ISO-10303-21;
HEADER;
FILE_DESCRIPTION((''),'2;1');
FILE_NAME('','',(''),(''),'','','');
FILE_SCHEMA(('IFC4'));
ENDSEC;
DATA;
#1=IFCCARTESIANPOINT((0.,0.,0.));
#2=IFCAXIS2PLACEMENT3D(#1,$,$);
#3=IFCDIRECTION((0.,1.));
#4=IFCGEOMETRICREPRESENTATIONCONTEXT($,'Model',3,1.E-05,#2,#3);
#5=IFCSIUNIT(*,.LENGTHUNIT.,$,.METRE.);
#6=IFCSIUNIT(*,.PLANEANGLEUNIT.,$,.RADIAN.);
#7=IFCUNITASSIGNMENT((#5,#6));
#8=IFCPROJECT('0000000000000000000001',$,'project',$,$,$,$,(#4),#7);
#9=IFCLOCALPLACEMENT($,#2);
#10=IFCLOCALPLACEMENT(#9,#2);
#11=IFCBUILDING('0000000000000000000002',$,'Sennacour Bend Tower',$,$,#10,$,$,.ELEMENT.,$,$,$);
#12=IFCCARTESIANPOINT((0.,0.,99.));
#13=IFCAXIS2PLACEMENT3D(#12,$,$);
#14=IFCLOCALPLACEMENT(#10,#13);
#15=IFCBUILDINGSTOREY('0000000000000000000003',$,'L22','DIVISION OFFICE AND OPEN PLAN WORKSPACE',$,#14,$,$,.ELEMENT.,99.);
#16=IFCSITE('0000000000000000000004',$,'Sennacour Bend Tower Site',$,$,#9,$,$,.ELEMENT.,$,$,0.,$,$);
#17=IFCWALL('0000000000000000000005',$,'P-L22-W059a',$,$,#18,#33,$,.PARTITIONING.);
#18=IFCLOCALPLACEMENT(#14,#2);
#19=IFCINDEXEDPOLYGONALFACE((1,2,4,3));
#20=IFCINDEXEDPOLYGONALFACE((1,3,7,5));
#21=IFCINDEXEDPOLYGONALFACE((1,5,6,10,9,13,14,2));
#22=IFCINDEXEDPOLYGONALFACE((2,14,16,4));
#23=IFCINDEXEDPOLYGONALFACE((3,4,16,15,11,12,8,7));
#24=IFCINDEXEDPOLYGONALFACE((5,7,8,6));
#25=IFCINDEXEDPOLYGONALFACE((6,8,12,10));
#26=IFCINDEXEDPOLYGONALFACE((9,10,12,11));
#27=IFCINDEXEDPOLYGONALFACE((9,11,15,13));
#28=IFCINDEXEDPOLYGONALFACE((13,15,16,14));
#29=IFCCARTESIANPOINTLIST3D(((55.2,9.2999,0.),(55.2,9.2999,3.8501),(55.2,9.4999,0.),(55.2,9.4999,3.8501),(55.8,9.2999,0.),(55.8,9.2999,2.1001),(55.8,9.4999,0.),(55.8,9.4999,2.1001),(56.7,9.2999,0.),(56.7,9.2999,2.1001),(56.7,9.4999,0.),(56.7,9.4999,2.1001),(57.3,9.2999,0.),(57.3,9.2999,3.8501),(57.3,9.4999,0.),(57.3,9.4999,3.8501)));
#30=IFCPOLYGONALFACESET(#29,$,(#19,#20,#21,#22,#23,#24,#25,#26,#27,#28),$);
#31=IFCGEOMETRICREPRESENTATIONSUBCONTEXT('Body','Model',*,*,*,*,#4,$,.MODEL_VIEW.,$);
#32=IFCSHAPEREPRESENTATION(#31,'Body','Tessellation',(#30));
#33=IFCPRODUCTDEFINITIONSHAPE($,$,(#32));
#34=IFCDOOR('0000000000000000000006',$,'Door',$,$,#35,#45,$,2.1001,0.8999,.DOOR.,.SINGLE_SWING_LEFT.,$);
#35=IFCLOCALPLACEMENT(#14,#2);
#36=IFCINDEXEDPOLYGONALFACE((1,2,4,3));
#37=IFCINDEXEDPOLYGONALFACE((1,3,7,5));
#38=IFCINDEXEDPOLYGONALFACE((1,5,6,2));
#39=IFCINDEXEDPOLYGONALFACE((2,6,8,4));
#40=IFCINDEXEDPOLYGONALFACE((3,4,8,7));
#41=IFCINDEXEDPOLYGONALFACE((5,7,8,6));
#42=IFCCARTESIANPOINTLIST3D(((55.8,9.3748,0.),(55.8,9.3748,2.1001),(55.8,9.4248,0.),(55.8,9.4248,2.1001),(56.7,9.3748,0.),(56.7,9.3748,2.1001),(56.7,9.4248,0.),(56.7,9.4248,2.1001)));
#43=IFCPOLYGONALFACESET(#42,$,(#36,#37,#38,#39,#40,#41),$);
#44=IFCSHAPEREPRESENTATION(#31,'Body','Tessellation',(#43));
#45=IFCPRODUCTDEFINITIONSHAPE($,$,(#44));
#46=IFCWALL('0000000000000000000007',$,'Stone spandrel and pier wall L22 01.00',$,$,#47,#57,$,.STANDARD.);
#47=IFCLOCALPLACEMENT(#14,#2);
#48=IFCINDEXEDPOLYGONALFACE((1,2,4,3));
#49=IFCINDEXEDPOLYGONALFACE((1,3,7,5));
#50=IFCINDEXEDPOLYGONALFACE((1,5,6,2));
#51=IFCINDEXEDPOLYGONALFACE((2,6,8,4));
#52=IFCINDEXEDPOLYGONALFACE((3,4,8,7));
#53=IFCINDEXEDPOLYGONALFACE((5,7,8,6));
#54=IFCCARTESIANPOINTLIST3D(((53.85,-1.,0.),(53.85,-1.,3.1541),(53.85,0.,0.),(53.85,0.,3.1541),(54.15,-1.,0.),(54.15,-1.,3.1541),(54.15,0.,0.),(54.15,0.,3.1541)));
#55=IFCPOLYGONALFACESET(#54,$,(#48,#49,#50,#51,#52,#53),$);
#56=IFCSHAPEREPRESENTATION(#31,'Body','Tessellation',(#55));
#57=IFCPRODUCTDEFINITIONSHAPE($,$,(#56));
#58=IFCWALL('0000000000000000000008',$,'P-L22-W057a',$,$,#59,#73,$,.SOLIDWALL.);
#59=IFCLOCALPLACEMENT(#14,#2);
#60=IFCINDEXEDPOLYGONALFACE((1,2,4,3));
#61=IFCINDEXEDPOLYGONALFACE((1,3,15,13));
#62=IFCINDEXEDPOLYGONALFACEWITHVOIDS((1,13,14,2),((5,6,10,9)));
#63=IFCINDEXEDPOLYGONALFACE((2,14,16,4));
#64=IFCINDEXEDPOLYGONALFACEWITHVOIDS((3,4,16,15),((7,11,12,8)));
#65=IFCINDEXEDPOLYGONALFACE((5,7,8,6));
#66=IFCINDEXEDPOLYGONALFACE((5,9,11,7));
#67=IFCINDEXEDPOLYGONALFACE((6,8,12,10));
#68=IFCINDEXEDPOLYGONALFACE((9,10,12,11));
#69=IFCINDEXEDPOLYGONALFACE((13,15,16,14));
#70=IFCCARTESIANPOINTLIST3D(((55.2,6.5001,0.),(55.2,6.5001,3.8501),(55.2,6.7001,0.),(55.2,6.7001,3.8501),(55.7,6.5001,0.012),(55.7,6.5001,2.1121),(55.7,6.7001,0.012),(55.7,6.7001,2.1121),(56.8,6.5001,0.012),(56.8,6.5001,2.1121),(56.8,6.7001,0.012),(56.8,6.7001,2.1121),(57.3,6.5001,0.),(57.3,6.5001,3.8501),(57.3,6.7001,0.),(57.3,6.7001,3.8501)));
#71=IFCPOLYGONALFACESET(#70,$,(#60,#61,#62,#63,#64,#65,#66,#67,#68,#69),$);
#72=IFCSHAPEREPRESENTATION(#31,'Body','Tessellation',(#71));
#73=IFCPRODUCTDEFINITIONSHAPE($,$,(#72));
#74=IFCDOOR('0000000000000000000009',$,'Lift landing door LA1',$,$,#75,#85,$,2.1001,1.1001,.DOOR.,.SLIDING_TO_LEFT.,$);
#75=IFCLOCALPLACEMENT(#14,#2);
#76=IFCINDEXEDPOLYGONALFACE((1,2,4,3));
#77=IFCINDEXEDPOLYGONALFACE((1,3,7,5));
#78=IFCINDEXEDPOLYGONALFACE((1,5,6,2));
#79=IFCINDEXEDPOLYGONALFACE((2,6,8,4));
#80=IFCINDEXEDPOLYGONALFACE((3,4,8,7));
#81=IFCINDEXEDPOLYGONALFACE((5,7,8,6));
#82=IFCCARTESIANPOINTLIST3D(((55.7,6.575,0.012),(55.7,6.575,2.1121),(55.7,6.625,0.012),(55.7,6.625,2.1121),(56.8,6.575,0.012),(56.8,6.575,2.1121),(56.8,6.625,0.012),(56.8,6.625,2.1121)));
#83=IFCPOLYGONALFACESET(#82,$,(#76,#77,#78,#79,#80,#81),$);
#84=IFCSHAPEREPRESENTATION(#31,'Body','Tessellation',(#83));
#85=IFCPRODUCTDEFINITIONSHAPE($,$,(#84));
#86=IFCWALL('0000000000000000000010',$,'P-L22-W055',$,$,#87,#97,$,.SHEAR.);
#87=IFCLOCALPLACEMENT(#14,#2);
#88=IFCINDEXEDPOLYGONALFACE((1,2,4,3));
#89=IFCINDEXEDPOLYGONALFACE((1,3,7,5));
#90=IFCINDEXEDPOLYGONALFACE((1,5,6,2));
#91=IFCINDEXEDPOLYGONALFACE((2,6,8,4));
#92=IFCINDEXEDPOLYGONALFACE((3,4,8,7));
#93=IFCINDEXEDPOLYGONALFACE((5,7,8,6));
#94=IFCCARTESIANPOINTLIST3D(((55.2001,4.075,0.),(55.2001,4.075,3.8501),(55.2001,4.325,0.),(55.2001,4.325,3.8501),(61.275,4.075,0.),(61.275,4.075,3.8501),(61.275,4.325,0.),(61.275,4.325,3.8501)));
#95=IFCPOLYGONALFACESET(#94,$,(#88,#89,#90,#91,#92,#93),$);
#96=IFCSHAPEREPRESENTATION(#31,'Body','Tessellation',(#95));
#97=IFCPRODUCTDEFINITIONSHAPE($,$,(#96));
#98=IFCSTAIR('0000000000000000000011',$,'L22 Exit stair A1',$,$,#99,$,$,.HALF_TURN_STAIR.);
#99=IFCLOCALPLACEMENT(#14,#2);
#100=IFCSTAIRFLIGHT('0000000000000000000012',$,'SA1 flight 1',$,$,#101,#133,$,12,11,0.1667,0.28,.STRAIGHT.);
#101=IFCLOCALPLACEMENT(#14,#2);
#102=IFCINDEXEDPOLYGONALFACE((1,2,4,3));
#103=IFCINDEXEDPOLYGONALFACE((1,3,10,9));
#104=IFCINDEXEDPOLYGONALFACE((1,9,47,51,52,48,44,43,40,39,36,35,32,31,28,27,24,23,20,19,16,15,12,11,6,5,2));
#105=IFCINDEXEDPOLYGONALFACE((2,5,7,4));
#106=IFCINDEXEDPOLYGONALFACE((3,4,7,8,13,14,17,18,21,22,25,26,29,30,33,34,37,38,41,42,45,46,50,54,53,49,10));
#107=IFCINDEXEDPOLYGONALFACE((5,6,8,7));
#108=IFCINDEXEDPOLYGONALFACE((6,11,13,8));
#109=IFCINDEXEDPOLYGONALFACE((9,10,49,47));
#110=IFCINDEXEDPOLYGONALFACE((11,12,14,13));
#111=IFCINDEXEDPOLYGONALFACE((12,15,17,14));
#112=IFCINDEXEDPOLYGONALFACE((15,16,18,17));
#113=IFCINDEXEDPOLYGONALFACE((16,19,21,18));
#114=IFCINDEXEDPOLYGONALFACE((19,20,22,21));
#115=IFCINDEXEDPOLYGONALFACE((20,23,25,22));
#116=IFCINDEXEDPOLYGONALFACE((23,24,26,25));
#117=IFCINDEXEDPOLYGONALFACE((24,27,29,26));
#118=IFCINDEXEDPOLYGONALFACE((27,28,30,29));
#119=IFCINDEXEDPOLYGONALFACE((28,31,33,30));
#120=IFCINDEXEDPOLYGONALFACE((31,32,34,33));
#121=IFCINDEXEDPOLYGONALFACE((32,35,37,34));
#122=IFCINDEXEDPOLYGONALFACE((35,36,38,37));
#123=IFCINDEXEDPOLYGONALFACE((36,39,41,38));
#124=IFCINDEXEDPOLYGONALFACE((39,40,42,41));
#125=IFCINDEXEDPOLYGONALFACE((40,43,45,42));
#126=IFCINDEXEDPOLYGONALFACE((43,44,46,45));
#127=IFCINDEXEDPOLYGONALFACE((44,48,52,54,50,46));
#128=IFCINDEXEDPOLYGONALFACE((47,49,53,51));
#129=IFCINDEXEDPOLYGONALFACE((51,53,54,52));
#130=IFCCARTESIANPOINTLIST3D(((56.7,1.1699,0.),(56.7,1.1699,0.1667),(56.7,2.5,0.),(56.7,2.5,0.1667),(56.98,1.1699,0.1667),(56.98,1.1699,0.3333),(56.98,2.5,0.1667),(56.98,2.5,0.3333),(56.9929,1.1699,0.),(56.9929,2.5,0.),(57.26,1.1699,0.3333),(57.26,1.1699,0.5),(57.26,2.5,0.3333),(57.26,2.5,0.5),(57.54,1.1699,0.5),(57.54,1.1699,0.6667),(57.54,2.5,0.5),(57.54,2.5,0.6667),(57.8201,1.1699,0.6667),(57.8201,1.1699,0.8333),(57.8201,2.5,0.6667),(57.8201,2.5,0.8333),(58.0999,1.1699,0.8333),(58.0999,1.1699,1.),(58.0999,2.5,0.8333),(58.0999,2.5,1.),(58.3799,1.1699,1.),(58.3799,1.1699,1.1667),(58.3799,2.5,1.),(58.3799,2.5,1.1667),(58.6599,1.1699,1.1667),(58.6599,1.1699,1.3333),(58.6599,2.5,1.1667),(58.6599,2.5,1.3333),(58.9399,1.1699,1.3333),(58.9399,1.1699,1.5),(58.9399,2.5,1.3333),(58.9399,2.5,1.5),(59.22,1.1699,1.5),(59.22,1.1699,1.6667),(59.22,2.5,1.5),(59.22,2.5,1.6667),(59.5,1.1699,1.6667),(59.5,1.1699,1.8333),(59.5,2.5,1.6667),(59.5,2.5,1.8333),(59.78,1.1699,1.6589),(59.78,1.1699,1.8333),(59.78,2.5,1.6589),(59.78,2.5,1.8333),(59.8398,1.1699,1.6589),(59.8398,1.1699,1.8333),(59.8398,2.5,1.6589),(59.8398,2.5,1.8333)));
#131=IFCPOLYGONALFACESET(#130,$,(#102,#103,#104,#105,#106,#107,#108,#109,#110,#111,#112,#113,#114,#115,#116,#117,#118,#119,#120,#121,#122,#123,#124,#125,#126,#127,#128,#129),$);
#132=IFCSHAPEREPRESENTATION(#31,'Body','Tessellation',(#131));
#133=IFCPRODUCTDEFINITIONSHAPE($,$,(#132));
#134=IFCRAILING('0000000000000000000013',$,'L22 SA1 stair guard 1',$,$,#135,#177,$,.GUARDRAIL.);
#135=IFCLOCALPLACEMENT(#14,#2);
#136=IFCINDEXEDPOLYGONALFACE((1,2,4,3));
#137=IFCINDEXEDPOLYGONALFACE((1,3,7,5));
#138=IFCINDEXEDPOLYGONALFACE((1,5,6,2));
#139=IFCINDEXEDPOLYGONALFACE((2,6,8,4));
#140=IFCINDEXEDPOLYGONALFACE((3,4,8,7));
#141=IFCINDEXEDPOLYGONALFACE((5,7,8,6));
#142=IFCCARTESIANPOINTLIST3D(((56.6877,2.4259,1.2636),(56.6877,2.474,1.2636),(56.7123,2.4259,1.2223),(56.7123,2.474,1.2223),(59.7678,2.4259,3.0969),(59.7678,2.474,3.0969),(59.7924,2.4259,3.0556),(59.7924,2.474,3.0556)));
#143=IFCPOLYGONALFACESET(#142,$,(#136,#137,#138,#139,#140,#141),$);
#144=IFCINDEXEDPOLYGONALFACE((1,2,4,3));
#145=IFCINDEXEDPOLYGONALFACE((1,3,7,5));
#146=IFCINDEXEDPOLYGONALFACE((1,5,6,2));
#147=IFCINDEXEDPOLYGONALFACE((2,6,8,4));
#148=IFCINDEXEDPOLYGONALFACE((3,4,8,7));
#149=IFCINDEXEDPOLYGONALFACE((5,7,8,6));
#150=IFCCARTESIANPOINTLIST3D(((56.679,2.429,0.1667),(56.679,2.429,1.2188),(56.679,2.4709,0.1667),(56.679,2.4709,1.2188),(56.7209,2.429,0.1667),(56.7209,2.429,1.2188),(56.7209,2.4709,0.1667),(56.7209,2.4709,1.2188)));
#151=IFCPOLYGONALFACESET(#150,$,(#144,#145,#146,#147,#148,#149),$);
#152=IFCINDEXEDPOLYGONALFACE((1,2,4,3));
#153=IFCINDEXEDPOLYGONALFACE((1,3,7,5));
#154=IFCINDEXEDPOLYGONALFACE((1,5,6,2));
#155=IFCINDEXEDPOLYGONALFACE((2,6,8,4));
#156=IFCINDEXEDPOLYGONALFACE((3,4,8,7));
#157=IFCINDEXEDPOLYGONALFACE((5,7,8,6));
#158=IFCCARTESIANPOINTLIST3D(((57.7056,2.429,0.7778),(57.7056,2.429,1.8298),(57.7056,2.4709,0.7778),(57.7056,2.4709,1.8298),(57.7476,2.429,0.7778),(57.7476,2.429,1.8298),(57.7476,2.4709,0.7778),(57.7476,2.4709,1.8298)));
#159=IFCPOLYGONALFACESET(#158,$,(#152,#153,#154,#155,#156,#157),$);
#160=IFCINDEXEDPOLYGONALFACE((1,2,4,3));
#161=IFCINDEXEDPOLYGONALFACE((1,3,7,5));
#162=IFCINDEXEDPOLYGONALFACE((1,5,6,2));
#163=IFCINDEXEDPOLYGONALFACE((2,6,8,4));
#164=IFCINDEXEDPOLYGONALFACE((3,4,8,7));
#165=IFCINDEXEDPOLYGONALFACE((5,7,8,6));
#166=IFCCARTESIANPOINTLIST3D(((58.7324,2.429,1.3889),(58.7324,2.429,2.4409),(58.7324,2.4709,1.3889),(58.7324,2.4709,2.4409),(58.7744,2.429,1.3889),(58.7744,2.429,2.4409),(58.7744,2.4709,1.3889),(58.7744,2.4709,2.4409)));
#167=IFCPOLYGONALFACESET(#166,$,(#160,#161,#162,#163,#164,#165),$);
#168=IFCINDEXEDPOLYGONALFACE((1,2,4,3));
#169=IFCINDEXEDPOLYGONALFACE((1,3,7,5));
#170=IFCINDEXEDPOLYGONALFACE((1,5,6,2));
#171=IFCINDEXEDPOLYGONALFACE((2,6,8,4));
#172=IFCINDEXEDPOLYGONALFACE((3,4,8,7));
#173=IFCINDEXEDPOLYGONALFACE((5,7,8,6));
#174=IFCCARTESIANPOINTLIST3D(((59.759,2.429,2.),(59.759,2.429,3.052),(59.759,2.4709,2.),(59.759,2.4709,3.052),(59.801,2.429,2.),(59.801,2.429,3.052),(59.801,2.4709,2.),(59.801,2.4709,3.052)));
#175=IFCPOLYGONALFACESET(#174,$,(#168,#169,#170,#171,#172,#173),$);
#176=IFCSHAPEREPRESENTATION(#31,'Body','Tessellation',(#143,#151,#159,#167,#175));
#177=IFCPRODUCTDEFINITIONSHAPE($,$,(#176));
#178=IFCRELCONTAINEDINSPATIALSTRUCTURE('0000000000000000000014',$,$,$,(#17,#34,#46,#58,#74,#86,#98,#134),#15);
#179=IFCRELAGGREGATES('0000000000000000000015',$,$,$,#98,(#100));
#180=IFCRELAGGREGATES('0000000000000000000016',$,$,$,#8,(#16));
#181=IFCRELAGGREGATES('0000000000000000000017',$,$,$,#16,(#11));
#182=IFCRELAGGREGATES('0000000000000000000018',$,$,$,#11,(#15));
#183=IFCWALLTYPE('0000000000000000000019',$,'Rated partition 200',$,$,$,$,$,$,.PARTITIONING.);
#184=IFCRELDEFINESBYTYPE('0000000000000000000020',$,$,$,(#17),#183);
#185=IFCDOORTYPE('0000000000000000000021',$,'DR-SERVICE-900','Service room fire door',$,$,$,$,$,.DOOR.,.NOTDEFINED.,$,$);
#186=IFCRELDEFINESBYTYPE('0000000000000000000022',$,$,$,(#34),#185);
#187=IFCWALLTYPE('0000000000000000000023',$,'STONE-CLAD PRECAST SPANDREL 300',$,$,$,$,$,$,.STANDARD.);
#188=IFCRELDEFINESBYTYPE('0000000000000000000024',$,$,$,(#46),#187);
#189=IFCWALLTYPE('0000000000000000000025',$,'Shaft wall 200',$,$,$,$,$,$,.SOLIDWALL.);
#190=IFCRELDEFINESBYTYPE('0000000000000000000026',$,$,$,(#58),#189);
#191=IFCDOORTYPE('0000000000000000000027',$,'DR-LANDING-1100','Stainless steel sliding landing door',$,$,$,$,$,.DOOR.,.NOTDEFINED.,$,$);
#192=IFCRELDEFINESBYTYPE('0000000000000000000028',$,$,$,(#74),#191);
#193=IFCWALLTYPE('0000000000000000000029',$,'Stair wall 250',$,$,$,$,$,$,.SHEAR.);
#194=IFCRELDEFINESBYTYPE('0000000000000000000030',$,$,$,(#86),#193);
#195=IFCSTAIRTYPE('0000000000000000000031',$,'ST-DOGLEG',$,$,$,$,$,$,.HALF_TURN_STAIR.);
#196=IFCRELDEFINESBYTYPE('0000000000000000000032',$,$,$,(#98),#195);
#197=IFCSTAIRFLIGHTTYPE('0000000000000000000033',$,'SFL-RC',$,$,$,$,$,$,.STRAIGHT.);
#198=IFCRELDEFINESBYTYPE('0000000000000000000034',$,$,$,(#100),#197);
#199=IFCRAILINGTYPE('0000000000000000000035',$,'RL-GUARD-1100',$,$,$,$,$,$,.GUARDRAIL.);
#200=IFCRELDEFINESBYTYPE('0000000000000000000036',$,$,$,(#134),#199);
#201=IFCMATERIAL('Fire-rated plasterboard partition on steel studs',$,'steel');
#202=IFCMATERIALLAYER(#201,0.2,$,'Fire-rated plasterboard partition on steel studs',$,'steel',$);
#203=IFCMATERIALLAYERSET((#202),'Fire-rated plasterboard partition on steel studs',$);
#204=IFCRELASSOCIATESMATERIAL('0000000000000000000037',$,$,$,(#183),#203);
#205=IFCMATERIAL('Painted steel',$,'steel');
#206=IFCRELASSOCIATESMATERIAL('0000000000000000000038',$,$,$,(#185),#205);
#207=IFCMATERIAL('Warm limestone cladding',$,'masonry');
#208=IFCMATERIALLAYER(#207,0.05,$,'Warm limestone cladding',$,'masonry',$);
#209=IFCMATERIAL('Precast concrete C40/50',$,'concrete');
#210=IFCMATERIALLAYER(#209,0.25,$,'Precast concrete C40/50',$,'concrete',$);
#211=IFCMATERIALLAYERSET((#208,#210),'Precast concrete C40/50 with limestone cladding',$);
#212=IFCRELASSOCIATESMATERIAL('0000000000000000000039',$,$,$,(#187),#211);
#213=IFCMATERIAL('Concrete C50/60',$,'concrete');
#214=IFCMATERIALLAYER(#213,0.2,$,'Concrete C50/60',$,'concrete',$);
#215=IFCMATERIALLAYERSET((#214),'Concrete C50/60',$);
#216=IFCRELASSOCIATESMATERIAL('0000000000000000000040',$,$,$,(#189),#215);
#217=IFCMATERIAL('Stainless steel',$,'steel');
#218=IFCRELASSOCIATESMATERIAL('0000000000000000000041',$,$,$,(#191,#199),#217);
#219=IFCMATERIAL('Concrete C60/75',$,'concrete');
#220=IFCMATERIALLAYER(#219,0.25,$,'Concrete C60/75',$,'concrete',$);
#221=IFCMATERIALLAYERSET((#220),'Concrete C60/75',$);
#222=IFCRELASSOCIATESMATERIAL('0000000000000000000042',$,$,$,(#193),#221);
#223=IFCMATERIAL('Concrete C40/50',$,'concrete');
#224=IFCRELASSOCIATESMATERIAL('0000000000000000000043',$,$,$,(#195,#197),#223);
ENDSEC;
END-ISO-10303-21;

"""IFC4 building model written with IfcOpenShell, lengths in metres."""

from ifc_helpers import new_model, si_unit, direction, frame, frame_2d, origin, origin_2d, place, context, subcontext, project, spatial, polyline, rectangle, outline, extrude, material, layer, layer_set, type_object, element, fill, aggregate, save


model = new_model("IFC4")

# Units and contexts
model_context = context("Model", 3, precision=1e-05, world=origin(), true_north=direction((0.0, 1.0)))
body_context = subcontext(model_context, "Body", "Model", "MODEL_VIEW")
ifc_project = project(units=[si_unit("LENGTHUNIT", "METRE"), si_unit("PLANEANGLEUNIT", "RADIAN")], contexts=[model_context])

# Site, building, storey
site_placement = place(None, origin())
site = spatial("IfcSite", under=ifc_project, at=site_placement, Name="Sennacour Bend Tower Site", CompositionType="ELEMENT", RefElevation=0.0)
building_placement = place(site_placement, origin())
building = spatial("IfcBuilding", under=site, at=building_placement, Name="Sennacour Bend Tower", CompositionType="ELEMENT")
storey_placement = place(building_placement, frame((0.0, 0.0, 99.0)))
storey = spatial("IfcBuildingStorey", under=building, at=storey_placement, Name="L22", Description="DIVISION OFFICE AND OPEN PLAN WORKSPACE", CompositionType="ELEMENT", Elevation=99.0)

# Shared definitions
ifc_material_1 = material(Name="Painted steel", Category="steel")

# Wall, opening, door
ifc_material_2 = material(Name="Fire-rated plasterboard partition on steel studs", Category="steel")
ifc_layer_1 = layer(ifc_material_2, 0.2, Name="Fire-rated plasterboard partition on steel studs", Category="steel")
ifc_layer_set_1 = layer_set([ifc_layer_1], Name="Fire-rated plasterboard partition on steel studs")
wall_type_1 = type_object("IfcWallType", Name="Rated partition 200", PredefinedType="PARTITIONING", material=ifc_layer_set_1)
wall_1_placement = place(storey_placement, frame((55.2, 9.3999, 0.0), z_axis=(0.0, 0.0, 1.0), x_axis=(1.0, 0.0, 0.0)))
wall_1 = element("IfcWall", 1, at=wall_1_placement, inside=storey, type_object=wall_type_1, Name="P-L22-W059a", PredefinedType="PARTITIONING", context=body_context, shape_type="SweptSolid", body=[
    extrude(rectangle(XDim=2.1001, YDim=0.2, at=frame_2d((1.05, 0.0))), origin(), (0.0, 0.0, 1.0), 3.8501),
])
opening_1_placement = place(wall_1_placement, frame((0.6001, 0.0, 0.0)))
opening_1 = element("IfcOpeningElement", 2, at=opening_1_placement, cuts=wall_1, PredefinedType="OPENING", context=body_context, shape_type="SweptSolid", body=[
    extrude(rectangle(XDim=0.8999, YDim=2.1001, at=frame_2d((0.45, 1.05))), frame((0.0, 0.1099, 0.0), z_axis=(0.0, -1.0, 0.0), x_axis=(1.0, 0.0, 0.0)), (0.0, 0.0, 1.0), 0.22),
])
door_type_1 = type_object("IfcDoorType", Name="DR-SERVICE-900", Description="Service room fire door", OperationType="NOTDEFINED", PredefinedType="DOOR", material=ifc_material_1)
door_1_placement = place(opening_1_placement, origin())
door_1 = element("IfcDoor", 3, at=door_1_placement, inside=storey, type_object=door_type_1, Name="Door", OperationType="SINGLE_SWING_LEFT", OverallHeight=2.1001, OverallWidth=0.8999, PredefinedType="DOOR", context=body_context, shape_type="SweptSolid", body=[
    extrude(rectangle(XDim=0.8999, YDim=2.1001, at=frame_2d((0.45, 1.05))), frame((0.0, 0.0249, 0.0), z_axis=(0.0, -1.0, 0.0), x_axis=(1.0, 0.0, 0.0)), (0.0, 0.0, 1.0), 0.05),
])
fill(opening_1, door_1)

# Wall
ifc_material_3 = material(Name="Warm limestone cladding", Category="masonry")
ifc_layer_2 = layer(ifc_material_3, 0.05, Name="Warm limestone cladding", Category="masonry")
ifc_material_4 = material(Name="Precast concrete C40/50", Category="concrete")
ifc_layer_3 = layer(ifc_material_4, 0.25, Name="Precast concrete C40/50", Category="concrete")
ifc_layer_set_2 = layer_set([ifc_layer_2, ifc_layer_3], Name="Precast concrete C40/50 with limestone cladding")
wall_type_2 = type_object("IfcWallType", Name="STONE-CLAD PRECAST SPANDREL 300", PredefinedType="STANDARD", material=ifc_layer_set_2)
wall_2_placement = place(storey_placement, frame((54.0, -1.0, 0.0), z_axis=(0.0, 0.0, 1.0), x_axis=(0.0, 1.0, 0.0)))
element("IfcWall", 4, at=wall_2_placement, inside=storey, type_object=wall_type_2, Name="Stone spandrel and pier wall L22 01.00", PredefinedType="STANDARD", context=body_context, shape_type="SweptSolid", body=[
    extrude(rectangle(XDim=1.0, YDim=0.3, at=frame_2d((0.5, 0.0))), origin(), (0.0, 0.0, 1.0), 3.1541),
])

# Wall, opening, door
ifc_material_5 = material(Name="Concrete C50/60", Category="concrete")
ifc_layer_4 = layer(ifc_material_5, 0.2, Name="Concrete C50/60", Category="concrete")
ifc_layer_set_3 = layer_set([ifc_layer_4], Name="Concrete C50/60")
wall_type_3 = type_object("IfcWallType", Name="Shaft wall 200", PredefinedType="SOLIDWALL", material=ifc_layer_set_3)
wall_3_placement = place(storey_placement, frame((55.2, 6.6001, 0.0), z_axis=(0.0, 0.0, 1.0), x_axis=(1.0, 0.0, 0.0)))
wall_3 = element("IfcWall", 5, at=wall_3_placement, inside=storey, type_object=wall_type_3, Name="P-L22-W057a", PredefinedType="SOLIDWALL", context=body_context, shape_type="SweptSolid", body=[
    extrude(rectangle(XDim=2.1001, YDim=0.2, at=frame_2d((1.05, 0.0))), origin(), (0.0, 0.0, 1.0), 3.8501),
])
opening_2_placement = place(wall_3_placement, frame((0.5, 0.0, 0.012)))
opening_2 = element("IfcOpeningElement", 6, at=opening_2_placement, cuts=wall_3, PredefinedType="OPENING", context=body_context, shape_type="SweptSolid", body=[
    extrude(rectangle(XDim=1.1001, YDim=2.1001, at=frame_2d((0.55, 1.05))), frame((0.0, 0.1099, 0.0), z_axis=(0.0, -1.0, 0.0), x_axis=(1.0, 0.0, 0.0)), (0.0, 0.0, 1.0), 0.22),
])
ifc_material_6 = material(Name="Stainless steel", Category="steel")
door_type_2 = type_object("IfcDoorType", Name="DR-LANDING-1100", Description="Stainless steel sliding landing door", OperationType="NOTDEFINED", PredefinedType="DOOR", material=ifc_material_6)
door_2_placement = place(opening_2_placement, origin())
door_2 = element("IfcDoor", 7, at=door_2_placement, inside=storey, type_object=door_type_2, Name="Lift landing door LA1", OperationType="SLIDING_TO_LEFT", OverallHeight=2.1001, OverallWidth=1.1001, PredefinedType="DOOR", context=body_context, shape_type="SweptSolid", body=[
    extrude(rectangle(XDim=1.1001, YDim=2.1001, at=frame_2d((0.55, 1.05))), frame((0.0, 0.0249, 0.0), z_axis=(0.0, -1.0, 0.0), x_axis=(1.0, 0.0, 0.0)), (0.0, 0.0, 1.0), 0.05),
])
fill(opening_2, door_2)

# Wall
ifc_material_7 = material(Name="Concrete C60/75", Category="concrete")
ifc_layer_5 = layer(ifc_material_7, 0.25, Name="Concrete C60/75", Category="concrete")
ifc_layer_set_4 = layer_set([ifc_layer_5], Name="Concrete C60/75")
wall_type_4 = type_object("IfcWallType", Name="Stair wall 250", PredefinedType="SHEAR", material=ifc_layer_set_4)
wall_4_placement = place(storey_placement, frame((55.2, 4.2, 0.0), z_axis=(0.0, 0.0, 1.0), x_axis=(1.0, 0.0, 0.0)))
element("IfcWall", 8, at=wall_4_placement, inside=storey, type_object=wall_type_4, Name="P-L22-W055", PredefinedType="SHEAR", context=body_context, shape_type="SweptSolid", body=[
    extrude(rectangle(XDim=6.075, YDim=0.25, at=frame_2d((3.0376, 0.0))), origin(), (0.0, 0.0, 1.0), 3.8501),
])

# Stair, stair flight
ifc_material_8 = material(Name="Concrete C40/50", Category="concrete")
stair_type = type_object("IfcStairType", Name="ST-DOGLEG", PredefinedType="HALF_TURN_STAIR", material=ifc_material_8)
stair_placement = place(storey_placement, origin())
stair = element("IfcStair", 9, at=stair_placement, inside=storey, type_object=stair_type, Name="L22 Exit stair A1", PredefinedType="HALF_TURN_STAIR")
stair_flight_type = type_object("IfcStairFlightType", Name="SFL-RC", PredefinedType="STRAIGHT", material=ifc_material_8)
stair_flight_placement = place(storey_placement, frame((56.7, 1.835, 0.0), z_axis=(0.0, 0.0, 1.0), x_axis=(1.0, 0.0, 0.0)))
stair_flight = element("IfcStairFlight", 10, at=stair_flight_placement, type_object=stair_flight_type, Name="SA1 flight 1", NumberOfRisers=12, NumberOfTreads=11, PredefinedType="STRAIGHT", RiserHeight=0.1667, TreadLength=0.28, context=body_context, shape_type="SweptSolid", body=[
    extrude(outline(polyline([(0.0, 0.0), (0.0, 0.1667), (0.28, 0.1667), (0.28, 0.3333), (0.5601, 0.3333), (0.5601, 0.5), (0.8401, 0.5), (0.8401, 0.6667), (1.1201, 0.6667), (1.1201, 0.8333), (1.3999, 0.8333), (1.3999, 1.0), (1.6799, 1.0), (1.6799, 1.1667), (1.96, 1.1667), (1.96, 1.3333), (2.24, 1.3333), (2.24, 1.5), (2.52, 1.5), (2.52, 1.6667), (2.8, 1.6667), (2.8, 1.8333), (3.0801, 1.8333), (3.1399, 1.8333), (3.1399, 1.6589), (3.0801, 1.6589), (0.293, 0.0), (0.0, 0.0)])), frame((0.0, 0.665, 0.0), z_axis=(0.0, -1.0, 0.0), x_axis=(1.0, 0.0, 0.0)), (0.0, 0.0, 1.0), 1.3301),
])
aggregate(stair, [stair_flight])

# Railing
railing_type_1 = type_object("IfcRailingType", Name="RL-GUARD-1100", PredefinedType="GUARDRAIL", material=ifc_material_6)
railing_1_placement = place(storey_placement, frame((56.7, 2.45, 0.1667)))
element("IfcRailing", 11, at=railing_1_placement, inside=storey, type_object=railing_type_1, Name="L22 SA1 stair guard 1", PredefinedType="GUARDRAIL", context=body_context, shape_type="SweptSolid", body=[
    extrude(rectangle(XDim=0.0481, YDim=0.0481, at=origin_2d()), frame((0.0, 0.0, 1.0762), z_axis=(0.859309, 0.0, 0.511458), x_axis=(0.0, 1.0, 0.0)), (0.0, 0.0, 1.0), 3.5845),
    extrude(rectangle(XDim=0.042, YDim=0.042, at=origin_2d()), origin(), (0.0, 0.0, 1.0), 1.052),
    extrude(rectangle(XDim=0.042, YDim=0.042, at=origin_2d()), frame((1.0266, 0.0, 0.6111)), (0.0, 0.0, 1.0), 1.052),
    extrude(rectangle(XDim=0.042, YDim=0.042, at=origin_2d()), frame((2.0535, 0.0, 1.2222)), (0.0, 0.0, 1.0), 1.052),
    extrude(rectangle(XDim=0.042, YDim=0.042, at=origin_2d()), frame((3.0801, 0.0, 1.8333)), (0.0, 0.0, 1.0), 1.052),
])

save(model, "model.ifc")
